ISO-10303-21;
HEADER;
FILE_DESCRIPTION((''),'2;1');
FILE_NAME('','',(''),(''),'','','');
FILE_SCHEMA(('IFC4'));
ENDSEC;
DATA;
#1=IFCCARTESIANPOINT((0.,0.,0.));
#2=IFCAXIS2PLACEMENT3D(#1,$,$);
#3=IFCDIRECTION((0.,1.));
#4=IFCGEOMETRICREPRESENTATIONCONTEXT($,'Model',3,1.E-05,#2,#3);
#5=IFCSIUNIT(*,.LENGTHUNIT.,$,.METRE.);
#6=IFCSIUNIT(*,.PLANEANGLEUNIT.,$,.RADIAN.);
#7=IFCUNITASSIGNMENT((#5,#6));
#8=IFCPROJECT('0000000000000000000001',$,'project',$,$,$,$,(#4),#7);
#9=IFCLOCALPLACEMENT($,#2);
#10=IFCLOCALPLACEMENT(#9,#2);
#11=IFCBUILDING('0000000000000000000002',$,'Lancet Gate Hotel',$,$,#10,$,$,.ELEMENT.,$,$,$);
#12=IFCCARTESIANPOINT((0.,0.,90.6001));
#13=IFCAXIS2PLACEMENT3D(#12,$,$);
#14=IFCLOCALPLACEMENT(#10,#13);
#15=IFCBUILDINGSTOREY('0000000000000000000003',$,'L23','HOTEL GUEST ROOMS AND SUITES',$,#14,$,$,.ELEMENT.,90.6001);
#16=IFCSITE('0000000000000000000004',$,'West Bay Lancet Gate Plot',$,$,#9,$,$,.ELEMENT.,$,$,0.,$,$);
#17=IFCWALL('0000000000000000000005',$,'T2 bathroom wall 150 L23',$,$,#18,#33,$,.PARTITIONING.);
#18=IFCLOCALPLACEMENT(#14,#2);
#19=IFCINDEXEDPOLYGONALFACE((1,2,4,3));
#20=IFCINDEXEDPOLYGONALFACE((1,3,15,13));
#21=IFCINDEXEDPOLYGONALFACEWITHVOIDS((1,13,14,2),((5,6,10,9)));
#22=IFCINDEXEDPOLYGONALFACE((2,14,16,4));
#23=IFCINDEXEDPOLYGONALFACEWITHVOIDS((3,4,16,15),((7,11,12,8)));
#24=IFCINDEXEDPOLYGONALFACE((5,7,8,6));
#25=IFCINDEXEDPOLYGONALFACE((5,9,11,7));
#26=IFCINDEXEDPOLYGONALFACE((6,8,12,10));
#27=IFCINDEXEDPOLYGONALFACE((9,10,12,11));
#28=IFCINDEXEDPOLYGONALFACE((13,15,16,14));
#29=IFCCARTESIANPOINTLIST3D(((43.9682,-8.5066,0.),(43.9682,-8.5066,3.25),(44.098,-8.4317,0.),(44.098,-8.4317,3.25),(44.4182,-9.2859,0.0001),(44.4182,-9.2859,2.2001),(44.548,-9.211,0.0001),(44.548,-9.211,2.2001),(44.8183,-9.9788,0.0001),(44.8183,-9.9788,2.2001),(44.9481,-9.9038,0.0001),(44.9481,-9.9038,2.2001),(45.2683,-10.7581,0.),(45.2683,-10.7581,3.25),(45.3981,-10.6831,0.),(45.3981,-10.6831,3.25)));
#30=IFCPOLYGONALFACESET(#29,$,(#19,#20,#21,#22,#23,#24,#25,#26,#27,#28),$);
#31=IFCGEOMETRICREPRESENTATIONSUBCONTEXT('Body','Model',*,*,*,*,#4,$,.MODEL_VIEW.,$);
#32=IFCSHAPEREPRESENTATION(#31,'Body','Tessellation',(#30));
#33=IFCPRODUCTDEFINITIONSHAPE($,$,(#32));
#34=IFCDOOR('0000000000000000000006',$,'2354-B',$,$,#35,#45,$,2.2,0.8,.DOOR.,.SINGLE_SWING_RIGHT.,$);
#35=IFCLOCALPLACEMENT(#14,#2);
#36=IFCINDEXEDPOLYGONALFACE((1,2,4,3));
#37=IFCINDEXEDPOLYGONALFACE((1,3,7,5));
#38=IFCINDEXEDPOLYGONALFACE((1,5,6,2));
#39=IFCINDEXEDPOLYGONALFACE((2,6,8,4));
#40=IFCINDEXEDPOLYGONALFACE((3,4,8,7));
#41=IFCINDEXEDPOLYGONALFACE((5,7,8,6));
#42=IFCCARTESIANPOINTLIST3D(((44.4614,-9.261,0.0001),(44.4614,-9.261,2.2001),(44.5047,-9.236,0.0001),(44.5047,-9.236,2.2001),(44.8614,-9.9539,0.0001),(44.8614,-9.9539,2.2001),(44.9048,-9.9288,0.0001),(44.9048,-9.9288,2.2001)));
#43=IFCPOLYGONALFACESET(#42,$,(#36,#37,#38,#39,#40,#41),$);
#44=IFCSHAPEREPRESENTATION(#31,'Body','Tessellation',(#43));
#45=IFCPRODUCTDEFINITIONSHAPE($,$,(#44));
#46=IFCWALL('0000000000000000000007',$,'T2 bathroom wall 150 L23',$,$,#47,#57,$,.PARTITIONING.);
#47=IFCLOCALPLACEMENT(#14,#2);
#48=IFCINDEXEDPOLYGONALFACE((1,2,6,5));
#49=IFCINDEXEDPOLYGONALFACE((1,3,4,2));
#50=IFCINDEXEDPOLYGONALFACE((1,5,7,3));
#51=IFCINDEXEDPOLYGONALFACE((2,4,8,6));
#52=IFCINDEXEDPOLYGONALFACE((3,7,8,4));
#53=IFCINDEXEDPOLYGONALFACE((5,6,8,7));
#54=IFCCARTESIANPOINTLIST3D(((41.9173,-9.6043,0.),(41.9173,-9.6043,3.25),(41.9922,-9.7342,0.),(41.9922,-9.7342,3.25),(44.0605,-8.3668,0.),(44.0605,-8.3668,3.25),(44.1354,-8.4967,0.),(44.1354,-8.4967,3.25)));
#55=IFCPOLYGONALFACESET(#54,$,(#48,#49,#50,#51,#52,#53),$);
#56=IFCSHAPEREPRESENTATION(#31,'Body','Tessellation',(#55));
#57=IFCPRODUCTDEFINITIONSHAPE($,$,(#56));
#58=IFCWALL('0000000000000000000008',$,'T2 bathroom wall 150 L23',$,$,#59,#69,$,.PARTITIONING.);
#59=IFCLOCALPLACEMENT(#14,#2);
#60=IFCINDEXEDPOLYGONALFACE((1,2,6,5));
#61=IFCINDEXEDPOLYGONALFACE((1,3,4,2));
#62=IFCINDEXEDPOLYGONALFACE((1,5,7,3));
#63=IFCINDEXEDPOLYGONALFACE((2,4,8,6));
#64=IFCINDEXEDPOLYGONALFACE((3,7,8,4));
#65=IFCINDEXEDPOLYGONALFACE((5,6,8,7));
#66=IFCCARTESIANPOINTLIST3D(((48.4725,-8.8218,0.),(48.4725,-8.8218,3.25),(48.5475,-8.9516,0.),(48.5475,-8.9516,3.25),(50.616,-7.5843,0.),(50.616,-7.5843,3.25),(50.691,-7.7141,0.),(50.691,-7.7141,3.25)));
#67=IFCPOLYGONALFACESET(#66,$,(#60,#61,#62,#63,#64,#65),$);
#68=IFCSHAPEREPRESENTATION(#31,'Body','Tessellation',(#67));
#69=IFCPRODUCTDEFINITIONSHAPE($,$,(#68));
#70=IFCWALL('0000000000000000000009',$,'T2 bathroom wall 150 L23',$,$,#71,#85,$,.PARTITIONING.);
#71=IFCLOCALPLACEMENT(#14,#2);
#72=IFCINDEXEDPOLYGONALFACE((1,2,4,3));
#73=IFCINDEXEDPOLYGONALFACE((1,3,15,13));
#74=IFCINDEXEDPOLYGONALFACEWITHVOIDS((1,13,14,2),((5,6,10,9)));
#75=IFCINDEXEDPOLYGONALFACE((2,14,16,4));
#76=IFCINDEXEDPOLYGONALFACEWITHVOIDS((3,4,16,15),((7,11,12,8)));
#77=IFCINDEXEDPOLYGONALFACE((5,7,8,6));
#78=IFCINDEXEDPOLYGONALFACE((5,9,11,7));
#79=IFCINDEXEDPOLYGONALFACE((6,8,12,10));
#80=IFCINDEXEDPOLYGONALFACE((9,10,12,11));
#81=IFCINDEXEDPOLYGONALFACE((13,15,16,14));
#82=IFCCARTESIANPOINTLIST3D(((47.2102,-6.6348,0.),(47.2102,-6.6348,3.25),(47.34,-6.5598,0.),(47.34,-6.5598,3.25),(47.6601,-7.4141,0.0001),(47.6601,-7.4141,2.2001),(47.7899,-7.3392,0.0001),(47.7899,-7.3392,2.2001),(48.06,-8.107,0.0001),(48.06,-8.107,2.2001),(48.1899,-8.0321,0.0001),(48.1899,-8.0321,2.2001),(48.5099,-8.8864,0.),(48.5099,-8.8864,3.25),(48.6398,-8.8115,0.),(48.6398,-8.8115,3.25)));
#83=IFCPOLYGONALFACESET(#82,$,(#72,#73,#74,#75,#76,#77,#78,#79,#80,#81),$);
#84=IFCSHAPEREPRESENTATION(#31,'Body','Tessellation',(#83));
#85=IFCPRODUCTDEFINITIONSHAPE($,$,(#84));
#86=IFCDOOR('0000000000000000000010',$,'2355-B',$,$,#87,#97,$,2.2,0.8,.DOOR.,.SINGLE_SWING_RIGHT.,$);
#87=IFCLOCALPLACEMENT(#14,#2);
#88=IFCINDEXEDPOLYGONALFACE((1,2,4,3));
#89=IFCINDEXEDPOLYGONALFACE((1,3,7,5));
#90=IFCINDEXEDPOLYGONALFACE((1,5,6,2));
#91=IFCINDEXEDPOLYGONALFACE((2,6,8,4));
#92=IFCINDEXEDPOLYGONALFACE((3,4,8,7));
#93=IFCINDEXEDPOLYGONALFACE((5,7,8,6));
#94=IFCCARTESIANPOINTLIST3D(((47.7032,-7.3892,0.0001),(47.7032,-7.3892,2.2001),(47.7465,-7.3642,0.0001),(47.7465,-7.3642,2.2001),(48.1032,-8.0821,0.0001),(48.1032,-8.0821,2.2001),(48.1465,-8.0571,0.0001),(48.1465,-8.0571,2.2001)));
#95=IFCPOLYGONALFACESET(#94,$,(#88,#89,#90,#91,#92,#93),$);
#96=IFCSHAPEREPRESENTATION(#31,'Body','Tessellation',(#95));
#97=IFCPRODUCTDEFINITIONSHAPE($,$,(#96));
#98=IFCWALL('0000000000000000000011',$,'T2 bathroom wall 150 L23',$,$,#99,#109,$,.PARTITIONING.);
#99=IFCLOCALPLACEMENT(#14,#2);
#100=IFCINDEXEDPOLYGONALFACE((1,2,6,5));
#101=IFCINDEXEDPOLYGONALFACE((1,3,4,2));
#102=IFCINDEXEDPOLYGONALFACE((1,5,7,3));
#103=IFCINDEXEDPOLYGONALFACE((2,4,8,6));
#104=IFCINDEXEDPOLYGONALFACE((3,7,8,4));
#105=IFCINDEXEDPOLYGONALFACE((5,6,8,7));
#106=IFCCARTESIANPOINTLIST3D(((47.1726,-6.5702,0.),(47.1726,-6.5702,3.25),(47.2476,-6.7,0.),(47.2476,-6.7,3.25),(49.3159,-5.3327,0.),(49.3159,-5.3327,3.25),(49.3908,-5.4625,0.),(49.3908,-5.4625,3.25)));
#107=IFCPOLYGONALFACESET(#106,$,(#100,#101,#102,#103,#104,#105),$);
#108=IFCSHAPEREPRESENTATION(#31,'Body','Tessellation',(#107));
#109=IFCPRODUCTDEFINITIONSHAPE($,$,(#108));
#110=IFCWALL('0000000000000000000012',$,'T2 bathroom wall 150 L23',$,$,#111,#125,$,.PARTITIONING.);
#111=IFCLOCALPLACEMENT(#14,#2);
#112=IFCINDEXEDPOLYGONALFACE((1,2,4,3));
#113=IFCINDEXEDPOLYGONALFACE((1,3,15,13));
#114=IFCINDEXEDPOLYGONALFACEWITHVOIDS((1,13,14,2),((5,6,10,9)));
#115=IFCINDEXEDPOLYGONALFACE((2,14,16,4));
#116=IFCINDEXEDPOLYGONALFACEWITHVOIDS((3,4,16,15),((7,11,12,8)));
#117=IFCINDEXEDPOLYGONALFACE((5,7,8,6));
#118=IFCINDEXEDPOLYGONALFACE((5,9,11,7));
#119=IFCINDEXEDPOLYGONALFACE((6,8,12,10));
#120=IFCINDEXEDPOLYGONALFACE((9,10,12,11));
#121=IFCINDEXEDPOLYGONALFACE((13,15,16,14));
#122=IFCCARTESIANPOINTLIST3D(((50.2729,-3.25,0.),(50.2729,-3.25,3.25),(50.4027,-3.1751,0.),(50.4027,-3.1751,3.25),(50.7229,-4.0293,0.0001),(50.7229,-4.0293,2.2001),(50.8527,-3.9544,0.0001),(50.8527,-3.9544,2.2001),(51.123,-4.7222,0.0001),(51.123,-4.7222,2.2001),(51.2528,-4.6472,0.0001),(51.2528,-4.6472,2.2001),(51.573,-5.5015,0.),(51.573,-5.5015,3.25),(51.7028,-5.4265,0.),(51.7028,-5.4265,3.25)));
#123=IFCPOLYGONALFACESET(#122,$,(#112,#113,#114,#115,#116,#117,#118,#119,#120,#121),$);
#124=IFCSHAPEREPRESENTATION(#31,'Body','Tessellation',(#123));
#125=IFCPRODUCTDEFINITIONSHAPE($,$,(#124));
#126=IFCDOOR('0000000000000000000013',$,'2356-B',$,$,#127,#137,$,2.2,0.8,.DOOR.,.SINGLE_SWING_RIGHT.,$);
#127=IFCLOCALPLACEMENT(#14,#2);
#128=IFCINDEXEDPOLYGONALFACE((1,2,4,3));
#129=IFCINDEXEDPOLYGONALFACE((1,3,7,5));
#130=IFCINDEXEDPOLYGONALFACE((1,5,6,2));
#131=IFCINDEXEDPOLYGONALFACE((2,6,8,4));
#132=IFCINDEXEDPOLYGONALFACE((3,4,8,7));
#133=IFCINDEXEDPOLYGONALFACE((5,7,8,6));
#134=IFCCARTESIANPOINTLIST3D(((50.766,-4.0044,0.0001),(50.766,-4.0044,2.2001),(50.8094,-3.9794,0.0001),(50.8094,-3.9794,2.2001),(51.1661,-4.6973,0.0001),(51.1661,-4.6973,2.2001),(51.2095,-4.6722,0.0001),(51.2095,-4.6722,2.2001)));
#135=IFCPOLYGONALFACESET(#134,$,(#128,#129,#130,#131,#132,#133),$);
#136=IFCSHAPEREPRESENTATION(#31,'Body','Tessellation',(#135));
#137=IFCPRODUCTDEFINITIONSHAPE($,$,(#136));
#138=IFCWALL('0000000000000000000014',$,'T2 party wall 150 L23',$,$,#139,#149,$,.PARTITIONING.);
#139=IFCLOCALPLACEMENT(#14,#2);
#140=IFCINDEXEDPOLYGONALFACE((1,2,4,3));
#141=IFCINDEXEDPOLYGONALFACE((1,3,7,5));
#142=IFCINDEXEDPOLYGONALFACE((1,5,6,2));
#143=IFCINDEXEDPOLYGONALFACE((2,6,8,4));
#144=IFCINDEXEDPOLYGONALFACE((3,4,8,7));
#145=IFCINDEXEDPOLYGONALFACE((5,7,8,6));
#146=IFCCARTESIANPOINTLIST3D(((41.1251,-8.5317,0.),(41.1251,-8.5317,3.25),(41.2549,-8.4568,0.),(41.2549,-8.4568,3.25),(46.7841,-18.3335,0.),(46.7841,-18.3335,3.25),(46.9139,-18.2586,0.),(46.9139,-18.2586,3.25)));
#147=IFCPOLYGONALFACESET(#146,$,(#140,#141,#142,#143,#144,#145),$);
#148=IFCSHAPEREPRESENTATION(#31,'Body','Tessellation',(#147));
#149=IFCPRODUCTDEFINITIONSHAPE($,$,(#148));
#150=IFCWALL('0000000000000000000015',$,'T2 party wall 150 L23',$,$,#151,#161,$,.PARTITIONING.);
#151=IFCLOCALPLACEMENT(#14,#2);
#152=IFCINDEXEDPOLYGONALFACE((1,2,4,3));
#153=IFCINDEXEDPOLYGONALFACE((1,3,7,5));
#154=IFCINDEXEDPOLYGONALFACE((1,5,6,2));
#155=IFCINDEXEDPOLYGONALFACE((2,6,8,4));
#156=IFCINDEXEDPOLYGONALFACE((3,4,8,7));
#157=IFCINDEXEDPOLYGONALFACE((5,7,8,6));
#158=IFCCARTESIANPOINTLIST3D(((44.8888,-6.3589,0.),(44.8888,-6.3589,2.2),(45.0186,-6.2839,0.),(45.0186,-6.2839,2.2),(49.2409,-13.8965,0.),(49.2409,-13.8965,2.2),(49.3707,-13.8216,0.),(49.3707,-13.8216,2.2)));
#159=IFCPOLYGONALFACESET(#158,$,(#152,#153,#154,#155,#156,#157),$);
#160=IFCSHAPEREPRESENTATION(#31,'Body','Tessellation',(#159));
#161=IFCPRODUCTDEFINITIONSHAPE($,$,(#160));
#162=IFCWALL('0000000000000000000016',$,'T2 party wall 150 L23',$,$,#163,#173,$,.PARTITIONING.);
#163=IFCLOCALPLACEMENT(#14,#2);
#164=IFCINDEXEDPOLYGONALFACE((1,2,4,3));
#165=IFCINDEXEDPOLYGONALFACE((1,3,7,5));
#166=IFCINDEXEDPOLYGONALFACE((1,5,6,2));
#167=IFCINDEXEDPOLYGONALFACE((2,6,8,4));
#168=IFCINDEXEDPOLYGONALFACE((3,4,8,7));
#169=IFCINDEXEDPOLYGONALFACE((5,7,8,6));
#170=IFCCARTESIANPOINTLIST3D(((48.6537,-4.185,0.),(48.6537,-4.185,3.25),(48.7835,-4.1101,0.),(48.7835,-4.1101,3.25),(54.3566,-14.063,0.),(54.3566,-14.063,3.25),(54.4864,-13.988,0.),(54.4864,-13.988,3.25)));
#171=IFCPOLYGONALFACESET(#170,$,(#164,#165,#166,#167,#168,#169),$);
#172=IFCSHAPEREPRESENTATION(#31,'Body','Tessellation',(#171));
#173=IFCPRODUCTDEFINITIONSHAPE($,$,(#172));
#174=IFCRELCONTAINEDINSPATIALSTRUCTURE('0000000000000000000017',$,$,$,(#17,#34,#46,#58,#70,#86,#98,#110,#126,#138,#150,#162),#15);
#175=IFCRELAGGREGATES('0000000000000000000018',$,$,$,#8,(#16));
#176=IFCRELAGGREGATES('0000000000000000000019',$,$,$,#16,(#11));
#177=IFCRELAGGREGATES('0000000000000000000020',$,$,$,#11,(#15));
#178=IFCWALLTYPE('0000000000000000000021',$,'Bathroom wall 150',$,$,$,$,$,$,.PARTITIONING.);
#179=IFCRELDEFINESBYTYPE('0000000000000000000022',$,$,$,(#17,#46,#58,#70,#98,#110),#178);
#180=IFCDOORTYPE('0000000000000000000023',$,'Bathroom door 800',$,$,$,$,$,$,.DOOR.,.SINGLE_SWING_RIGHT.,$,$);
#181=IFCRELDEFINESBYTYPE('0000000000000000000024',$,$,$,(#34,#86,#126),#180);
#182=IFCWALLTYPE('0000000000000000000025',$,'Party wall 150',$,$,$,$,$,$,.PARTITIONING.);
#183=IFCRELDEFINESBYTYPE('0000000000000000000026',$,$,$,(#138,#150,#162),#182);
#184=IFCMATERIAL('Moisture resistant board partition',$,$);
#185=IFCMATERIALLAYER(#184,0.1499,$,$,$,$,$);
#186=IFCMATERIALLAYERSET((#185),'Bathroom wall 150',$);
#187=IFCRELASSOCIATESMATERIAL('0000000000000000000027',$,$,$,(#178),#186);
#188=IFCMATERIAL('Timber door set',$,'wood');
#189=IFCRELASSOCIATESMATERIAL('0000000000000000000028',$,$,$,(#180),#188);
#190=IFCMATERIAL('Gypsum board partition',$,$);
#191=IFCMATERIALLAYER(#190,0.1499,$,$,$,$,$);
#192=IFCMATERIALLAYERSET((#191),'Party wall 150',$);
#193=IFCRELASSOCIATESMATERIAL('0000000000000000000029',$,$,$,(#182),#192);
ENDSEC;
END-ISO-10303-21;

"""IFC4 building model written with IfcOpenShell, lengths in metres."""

from ifc_helpers import new_model, si_unit, direction, frame, frame_2d, origin, place, context, subcontext, project, spatial, rectangle, extrude, material, layer, layer_set, type_object, element, fill, save


model = new_model("IFC4")

# Units and contexts
model_context = context("Model", 3, precision=1e-05, world=origin(), true_north=direction((0.0, 1.0)))
body_context = subcontext(model_context, "Body", "Model", "MODEL_VIEW")
ifc_project = project(units=[si_unit("LENGTHUNIT", "METRE"), si_unit("PLANEANGLEUNIT", "RADIAN")], contexts=[model_context])

# Site, building, storey
site_placement = place(None, origin())
site = spatial("IfcSite", under=ifc_project, at=site_placement, Name="West Bay Lancet Gate Plot", CompositionType="ELEMENT", RefElevation=0.0)
building_placement = place(site_placement, origin())
building = spatial("IfcBuilding", under=site, at=building_placement, Name="Lancet Gate Hotel", CompositionType="ELEMENT")
storey_placement = place(building_placement, frame((0.0, 0.0, 90.6001)))
storey = spatial("IfcBuildingStorey", under=building, at=storey_placement, Name="L23", Description="HOTEL GUEST ROOMS AND SUITES", CompositionType="ELEMENT", Elevation=90.6001)

# Shared definitions
ifc_material_1 = material(Name="Moisture resistant board partition")
ifc_layer_1 = layer(ifc_material_1, 0.1499)
ifc_layer_set_1 = layer_set([ifc_layer_1], Name="Bathroom wall 150")
wall_type_1 = type_object("IfcWallType", Name="Bathroom wall 150", PredefinedType="PARTITIONING", material=ifc_layer_set_1)

# Wall, opening, door
wall_1_placement = place(storey_placement, frame((44.0332, -8.4692, 0.0), z_axis=(0.0, 0.0, 1.0), x_axis=(0.500048, -0.865998, 0.0)))
wall_1 = element("IfcWall", 1, at=wall_1_placement, inside=storey, type_object=wall_type_1, Name="T2 bathroom wall 150 L23", PredefinedType="PARTITIONING", context=body_context, shape_type="SweptSolid", body=[
    extrude(rectangle(XDim=2.5999, YDim=0.1499, at=frame_2d((1.2998, 0.0))), origin(), (0.0, 0.0, 1.0), 3.25),
])
opening_1_placement = place(wall_1_placement, frame((0.8999, 0.0, 0.0)))
opening_1 = element("IfcOpeningElement", 2, at=opening_1_placement, cuts=wall_1, PredefinedType="OPENING", context=body_context, shape_type="SweptSolid", body=[
    extrude(rectangle(XDim=0.8, YDim=2.2, at=frame_2d((0.3999, 1.1001))), frame((0.0, 0.085, 0.0), z_axis=(0.0, -1.0, 0.0), x_axis=(1.0, 0.0, 0.0)), (0.0, 0.0, 1.0), 0.1699),
])
ifc_material_2 = material(Name="Timber door set", Category="wood")
door_type_1 = type_object("IfcDoorType", Name="Bathroom door 800", OperationType="SINGLE_SWING_RIGHT", PredefinedType="DOOR", material=ifc_material_2)
door_1_placement = place(opening_1_placement, origin())
door_1 = element("IfcDoor", 3, at=door_1_placement, inside=storey, type_object=door_type_1, Name="2354-B", OperationType="SINGLE_SWING_RIGHT", OverallHeight=2.2, OverallWidth=0.8, PredefinedType="DOOR", context=body_context, shape_type="SweptSolid", body=[
    extrude(rectangle(XDim=0.8, YDim=2.2, at=frame_2d((0.3999, 1.1001))), frame((0.0, 0.0249, 0.0), z_axis=(0.0, -1.0, 0.0), x_axis=(1.0, 0.0, 0.0)), (0.0, 0.0, 1.0), 0.05),
])
fill(opening_1, door_1)

# Walls
wall_2_placement = place(storey_placement, frame((41.9548, -9.6692, 0.0), z_axis=(0.0, 0.0, 1.0), x_axis=(0.866007, 0.500033, 0.0)))
element("IfcWall", 4, at=wall_2_placement, inside=storey, type_object=wall_type_1, Name="T2 bathroom wall 150 L23", PredefinedType="PARTITIONING", context=body_context, shape_type="SweptSolid", body=[
    extrude(rectangle(XDim=2.4749, YDim=0.1499, at=frame_2d((1.2373, 0.0))), origin(), (0.0, 0.0, 1.0), 3.25),
])
wall_3_placement = place(storey_placement, frame((48.51, -8.8867, 0.0), z_axis=(0.0, 0.0, 1.0), x_axis=(0.866031, 0.49999, 0.0)))
element("IfcWall", 5, at=wall_3_placement, inside=storey, type_object=wall_type_1, Name="T2 bathroom wall 150 L23", PredefinedType="PARTITIONING", context=body_context, shape_type="SweptSolid", body=[
    extrude(rectangle(XDim=2.4751, YDim=0.1499, at=frame_2d((1.2375, 0.0))), origin(), (0.0, 0.0, 1.0), 3.25),
])

# Wall, opening, door
wall_4_placement = place(storey_placement, frame((47.2751, -6.5974, 0.0), z_axis=(0.0, 0.0, 1.0), x_axis=(0.499937, -0.866062, 0.0)))
wall_4 = element("IfcWall", 6, at=wall_4_placement, inside=storey, type_object=wall_type_1, Name="T2 bathroom wall 150 L23", PredefinedType="PARTITIONING", context=body_context, shape_type="SweptSolid", body=[
    extrude(rectangle(XDim=2.5999, YDim=0.1499, at=frame_2d((1.2998, 0.0))), origin(), (0.0, 0.0, 1.0), 3.25),
])
opening_2_placement = place(wall_4_placement, frame((0.8999, 0.0, 0.0)))
opening_2 = element("IfcOpeningElement", 7, at=opening_2_placement, cuts=wall_4, PredefinedType="OPENING", context=body_context, shape_type="SweptSolid", body=[
    extrude(rectangle(XDim=0.8, YDim=2.2, at=frame_2d((0.3999, 1.1001))), frame((0.0, 0.085, 0.0), z_axis=(0.0, -1.0, 0.0), x_axis=(1.0, 0.0, 0.0)), (0.0, 0.0, 1.0), 0.1699),
])
door_2_placement = place(opening_2_placement, origin())
door_2 = element("IfcDoor", 8, at=door_2_placement, inside=storey, type_object=door_type_1, Name="2355-B", OperationType="SINGLE_SWING_RIGHT", OverallHeight=2.2, OverallWidth=0.8, PredefinedType="DOOR", context=body_context, shape_type="SweptSolid", body=[
    extrude(rectangle(XDim=0.8, YDim=2.2, at=frame_2d((0.3999, 1.1001))), frame((0.0, 0.0249, 0.0), z_axis=(0.0, -1.0, 0.0), x_axis=(1.0, 0.0, 0.0)), (0.0, 0.0, 1.0), 0.05),
])
fill(opening_2, door_2)

# Wall
wall_5_placement = place(storey_placement, frame((47.2102, -6.635, 0.0), z_axis=(0.0, 0.0, 1.0), x_axis=(0.866007, 0.500033, 0.0)))
element("IfcWall", 9, at=wall_5_placement, inside=storey, type_object=wall_type_1, Name="T2 bathroom wall 150 L23", PredefinedType="PARTITIONING", context=body_context, shape_type="SweptSolid", body=[
    extrude(rectangle(XDim=2.4749, YDim=0.1499, at=frame_2d((1.2373, 0.0))), origin(), (0.0, 0.0, 1.0), 3.25),
])

# Wall, opening, door
wall_6_placement = place(storey_placement, frame((50.3379, -3.2126, 0.0), z_axis=(0.0, 0.0, 1.0), x_axis=(0.500048, -0.865998, 0.0)))
wall_6 = element("IfcWall", 10, at=wall_6_placement, inside=storey, type_object=wall_type_1, Name="T2 bathroom wall 150 L23", PredefinedType="PARTITIONING", context=body_context, shape_type="SweptSolid", body=[
    extrude(rectangle(XDim=2.5999, YDim=0.1499, at=frame_2d((1.2998, 0.0))), origin(), (0.0, 0.0, 1.0), 3.25),
])
opening_3_placement = place(wall_6_placement, frame((0.8999, 0.0, 0.0)))
opening_3 = element("IfcOpeningElement", 11, at=opening_3_placement, cuts=wall_6, PredefinedType="OPENING", context=body_context, shape_type="SweptSolid", body=[
    extrude(rectangle(XDim=0.8, YDim=2.2, at=frame_2d((0.3999, 1.1001))), frame((0.0, 0.085, 0.0), z_axis=(0.0, -1.0, 0.0), x_axis=(1.0, 0.0, 0.0)), (0.0, 0.0, 1.0), 0.1699),
])
door_3_placement = place(opening_3_placement, origin())
door_3 = element("IfcDoor", 12, at=door_3_placement, inside=storey, type_object=door_type_1, Name="2356-B", OperationType="SINGLE_SWING_RIGHT", OverallHeight=2.2, OverallWidth=0.8, PredefinedType="DOOR", context=body_context, shape_type="SweptSolid", body=[
    extrude(rectangle(XDim=0.8, YDim=2.2, at=frame_2d((0.3999, 1.1001))), frame((0.0, 0.0249, 0.0), z_axis=(0.0, -1.0, 0.0), x_axis=(1.0, 0.0, 0.0)), (0.0, 0.0, 1.0), 0.05),
])
fill(opening_3, door_3)

# Walls
ifc_material_3 = material(Name="Gypsum board partition")
ifc_layer_2 = layer(ifc_material_3, 0.1499)
ifc_layer_set_2 = layer_set([ifc_layer_2], Name="Party wall 150")
wall_type_2 = type_object("IfcWallType", Name="Party wall 150", PredefinedType="PARTITIONING", material=ifc_layer_set_2)
wall_7_placement = place(storey_placement, frame((41.1899, -8.4941, 0.0), z_axis=(0.0, 0.0, 1.0), x_axis=(0.499993, -0.86603, 0.0)))
element("IfcWall", 13, at=wall_7_placement, inside=storey, type_object=wall_type_2, Name="T2 party wall 150 L23", PredefinedType="PARTITIONING", context=body_context, shape_type="SweptSolid", body=[
    extrude(rectangle(XDim=11.3181, YDim=0.1499, at=frame_2d((5.6592, 0.0))), origin(), (0.0, 0.0, 1.0), 3.25),
])
wall_8_placement = place(storey_placement, frame((44.9536, -6.3213, 0.0), z_axis=(0.0, 0.0, 1.0), x_axis=(0.500019, -0.866015, 0.0)))
element("IfcWall", 14, at=wall_8_placement, inside=storey, type_object=wall_type_2, Name="T2 party wall 150 L23", PredefinedType="PARTITIONING", context=body_context, shape_type="SweptSolid", body=[
    extrude(rectangle(XDim=8.7039, YDim=0.1499, at=frame_2d((4.3521, 0.0))), origin(), (0.0, 0.0, 1.0), 2.2),
])
wall_9_placement = place(storey_placement, frame((48.7185, -4.1475, 0.0), z_axis=(0.0, 0.0, 1.0), x_axis=(0.49999, -0.866031, 0.0)))
element("IfcWall", 15, at=wall_9_placement, inside=storey, type_object=wall_type_2, Name="T2 party wall 150 L23", PredefinedType="PARTITIONING", context=body_context, shape_type="SweptSolid", body=[
    extrude(rectangle(XDim=11.406, YDim=0.1499, at=frame_2d((5.7031, 0.0))), origin(), (0.0, 0.0, 1.0), 3.25),
])

save(model, "model.ifc")
